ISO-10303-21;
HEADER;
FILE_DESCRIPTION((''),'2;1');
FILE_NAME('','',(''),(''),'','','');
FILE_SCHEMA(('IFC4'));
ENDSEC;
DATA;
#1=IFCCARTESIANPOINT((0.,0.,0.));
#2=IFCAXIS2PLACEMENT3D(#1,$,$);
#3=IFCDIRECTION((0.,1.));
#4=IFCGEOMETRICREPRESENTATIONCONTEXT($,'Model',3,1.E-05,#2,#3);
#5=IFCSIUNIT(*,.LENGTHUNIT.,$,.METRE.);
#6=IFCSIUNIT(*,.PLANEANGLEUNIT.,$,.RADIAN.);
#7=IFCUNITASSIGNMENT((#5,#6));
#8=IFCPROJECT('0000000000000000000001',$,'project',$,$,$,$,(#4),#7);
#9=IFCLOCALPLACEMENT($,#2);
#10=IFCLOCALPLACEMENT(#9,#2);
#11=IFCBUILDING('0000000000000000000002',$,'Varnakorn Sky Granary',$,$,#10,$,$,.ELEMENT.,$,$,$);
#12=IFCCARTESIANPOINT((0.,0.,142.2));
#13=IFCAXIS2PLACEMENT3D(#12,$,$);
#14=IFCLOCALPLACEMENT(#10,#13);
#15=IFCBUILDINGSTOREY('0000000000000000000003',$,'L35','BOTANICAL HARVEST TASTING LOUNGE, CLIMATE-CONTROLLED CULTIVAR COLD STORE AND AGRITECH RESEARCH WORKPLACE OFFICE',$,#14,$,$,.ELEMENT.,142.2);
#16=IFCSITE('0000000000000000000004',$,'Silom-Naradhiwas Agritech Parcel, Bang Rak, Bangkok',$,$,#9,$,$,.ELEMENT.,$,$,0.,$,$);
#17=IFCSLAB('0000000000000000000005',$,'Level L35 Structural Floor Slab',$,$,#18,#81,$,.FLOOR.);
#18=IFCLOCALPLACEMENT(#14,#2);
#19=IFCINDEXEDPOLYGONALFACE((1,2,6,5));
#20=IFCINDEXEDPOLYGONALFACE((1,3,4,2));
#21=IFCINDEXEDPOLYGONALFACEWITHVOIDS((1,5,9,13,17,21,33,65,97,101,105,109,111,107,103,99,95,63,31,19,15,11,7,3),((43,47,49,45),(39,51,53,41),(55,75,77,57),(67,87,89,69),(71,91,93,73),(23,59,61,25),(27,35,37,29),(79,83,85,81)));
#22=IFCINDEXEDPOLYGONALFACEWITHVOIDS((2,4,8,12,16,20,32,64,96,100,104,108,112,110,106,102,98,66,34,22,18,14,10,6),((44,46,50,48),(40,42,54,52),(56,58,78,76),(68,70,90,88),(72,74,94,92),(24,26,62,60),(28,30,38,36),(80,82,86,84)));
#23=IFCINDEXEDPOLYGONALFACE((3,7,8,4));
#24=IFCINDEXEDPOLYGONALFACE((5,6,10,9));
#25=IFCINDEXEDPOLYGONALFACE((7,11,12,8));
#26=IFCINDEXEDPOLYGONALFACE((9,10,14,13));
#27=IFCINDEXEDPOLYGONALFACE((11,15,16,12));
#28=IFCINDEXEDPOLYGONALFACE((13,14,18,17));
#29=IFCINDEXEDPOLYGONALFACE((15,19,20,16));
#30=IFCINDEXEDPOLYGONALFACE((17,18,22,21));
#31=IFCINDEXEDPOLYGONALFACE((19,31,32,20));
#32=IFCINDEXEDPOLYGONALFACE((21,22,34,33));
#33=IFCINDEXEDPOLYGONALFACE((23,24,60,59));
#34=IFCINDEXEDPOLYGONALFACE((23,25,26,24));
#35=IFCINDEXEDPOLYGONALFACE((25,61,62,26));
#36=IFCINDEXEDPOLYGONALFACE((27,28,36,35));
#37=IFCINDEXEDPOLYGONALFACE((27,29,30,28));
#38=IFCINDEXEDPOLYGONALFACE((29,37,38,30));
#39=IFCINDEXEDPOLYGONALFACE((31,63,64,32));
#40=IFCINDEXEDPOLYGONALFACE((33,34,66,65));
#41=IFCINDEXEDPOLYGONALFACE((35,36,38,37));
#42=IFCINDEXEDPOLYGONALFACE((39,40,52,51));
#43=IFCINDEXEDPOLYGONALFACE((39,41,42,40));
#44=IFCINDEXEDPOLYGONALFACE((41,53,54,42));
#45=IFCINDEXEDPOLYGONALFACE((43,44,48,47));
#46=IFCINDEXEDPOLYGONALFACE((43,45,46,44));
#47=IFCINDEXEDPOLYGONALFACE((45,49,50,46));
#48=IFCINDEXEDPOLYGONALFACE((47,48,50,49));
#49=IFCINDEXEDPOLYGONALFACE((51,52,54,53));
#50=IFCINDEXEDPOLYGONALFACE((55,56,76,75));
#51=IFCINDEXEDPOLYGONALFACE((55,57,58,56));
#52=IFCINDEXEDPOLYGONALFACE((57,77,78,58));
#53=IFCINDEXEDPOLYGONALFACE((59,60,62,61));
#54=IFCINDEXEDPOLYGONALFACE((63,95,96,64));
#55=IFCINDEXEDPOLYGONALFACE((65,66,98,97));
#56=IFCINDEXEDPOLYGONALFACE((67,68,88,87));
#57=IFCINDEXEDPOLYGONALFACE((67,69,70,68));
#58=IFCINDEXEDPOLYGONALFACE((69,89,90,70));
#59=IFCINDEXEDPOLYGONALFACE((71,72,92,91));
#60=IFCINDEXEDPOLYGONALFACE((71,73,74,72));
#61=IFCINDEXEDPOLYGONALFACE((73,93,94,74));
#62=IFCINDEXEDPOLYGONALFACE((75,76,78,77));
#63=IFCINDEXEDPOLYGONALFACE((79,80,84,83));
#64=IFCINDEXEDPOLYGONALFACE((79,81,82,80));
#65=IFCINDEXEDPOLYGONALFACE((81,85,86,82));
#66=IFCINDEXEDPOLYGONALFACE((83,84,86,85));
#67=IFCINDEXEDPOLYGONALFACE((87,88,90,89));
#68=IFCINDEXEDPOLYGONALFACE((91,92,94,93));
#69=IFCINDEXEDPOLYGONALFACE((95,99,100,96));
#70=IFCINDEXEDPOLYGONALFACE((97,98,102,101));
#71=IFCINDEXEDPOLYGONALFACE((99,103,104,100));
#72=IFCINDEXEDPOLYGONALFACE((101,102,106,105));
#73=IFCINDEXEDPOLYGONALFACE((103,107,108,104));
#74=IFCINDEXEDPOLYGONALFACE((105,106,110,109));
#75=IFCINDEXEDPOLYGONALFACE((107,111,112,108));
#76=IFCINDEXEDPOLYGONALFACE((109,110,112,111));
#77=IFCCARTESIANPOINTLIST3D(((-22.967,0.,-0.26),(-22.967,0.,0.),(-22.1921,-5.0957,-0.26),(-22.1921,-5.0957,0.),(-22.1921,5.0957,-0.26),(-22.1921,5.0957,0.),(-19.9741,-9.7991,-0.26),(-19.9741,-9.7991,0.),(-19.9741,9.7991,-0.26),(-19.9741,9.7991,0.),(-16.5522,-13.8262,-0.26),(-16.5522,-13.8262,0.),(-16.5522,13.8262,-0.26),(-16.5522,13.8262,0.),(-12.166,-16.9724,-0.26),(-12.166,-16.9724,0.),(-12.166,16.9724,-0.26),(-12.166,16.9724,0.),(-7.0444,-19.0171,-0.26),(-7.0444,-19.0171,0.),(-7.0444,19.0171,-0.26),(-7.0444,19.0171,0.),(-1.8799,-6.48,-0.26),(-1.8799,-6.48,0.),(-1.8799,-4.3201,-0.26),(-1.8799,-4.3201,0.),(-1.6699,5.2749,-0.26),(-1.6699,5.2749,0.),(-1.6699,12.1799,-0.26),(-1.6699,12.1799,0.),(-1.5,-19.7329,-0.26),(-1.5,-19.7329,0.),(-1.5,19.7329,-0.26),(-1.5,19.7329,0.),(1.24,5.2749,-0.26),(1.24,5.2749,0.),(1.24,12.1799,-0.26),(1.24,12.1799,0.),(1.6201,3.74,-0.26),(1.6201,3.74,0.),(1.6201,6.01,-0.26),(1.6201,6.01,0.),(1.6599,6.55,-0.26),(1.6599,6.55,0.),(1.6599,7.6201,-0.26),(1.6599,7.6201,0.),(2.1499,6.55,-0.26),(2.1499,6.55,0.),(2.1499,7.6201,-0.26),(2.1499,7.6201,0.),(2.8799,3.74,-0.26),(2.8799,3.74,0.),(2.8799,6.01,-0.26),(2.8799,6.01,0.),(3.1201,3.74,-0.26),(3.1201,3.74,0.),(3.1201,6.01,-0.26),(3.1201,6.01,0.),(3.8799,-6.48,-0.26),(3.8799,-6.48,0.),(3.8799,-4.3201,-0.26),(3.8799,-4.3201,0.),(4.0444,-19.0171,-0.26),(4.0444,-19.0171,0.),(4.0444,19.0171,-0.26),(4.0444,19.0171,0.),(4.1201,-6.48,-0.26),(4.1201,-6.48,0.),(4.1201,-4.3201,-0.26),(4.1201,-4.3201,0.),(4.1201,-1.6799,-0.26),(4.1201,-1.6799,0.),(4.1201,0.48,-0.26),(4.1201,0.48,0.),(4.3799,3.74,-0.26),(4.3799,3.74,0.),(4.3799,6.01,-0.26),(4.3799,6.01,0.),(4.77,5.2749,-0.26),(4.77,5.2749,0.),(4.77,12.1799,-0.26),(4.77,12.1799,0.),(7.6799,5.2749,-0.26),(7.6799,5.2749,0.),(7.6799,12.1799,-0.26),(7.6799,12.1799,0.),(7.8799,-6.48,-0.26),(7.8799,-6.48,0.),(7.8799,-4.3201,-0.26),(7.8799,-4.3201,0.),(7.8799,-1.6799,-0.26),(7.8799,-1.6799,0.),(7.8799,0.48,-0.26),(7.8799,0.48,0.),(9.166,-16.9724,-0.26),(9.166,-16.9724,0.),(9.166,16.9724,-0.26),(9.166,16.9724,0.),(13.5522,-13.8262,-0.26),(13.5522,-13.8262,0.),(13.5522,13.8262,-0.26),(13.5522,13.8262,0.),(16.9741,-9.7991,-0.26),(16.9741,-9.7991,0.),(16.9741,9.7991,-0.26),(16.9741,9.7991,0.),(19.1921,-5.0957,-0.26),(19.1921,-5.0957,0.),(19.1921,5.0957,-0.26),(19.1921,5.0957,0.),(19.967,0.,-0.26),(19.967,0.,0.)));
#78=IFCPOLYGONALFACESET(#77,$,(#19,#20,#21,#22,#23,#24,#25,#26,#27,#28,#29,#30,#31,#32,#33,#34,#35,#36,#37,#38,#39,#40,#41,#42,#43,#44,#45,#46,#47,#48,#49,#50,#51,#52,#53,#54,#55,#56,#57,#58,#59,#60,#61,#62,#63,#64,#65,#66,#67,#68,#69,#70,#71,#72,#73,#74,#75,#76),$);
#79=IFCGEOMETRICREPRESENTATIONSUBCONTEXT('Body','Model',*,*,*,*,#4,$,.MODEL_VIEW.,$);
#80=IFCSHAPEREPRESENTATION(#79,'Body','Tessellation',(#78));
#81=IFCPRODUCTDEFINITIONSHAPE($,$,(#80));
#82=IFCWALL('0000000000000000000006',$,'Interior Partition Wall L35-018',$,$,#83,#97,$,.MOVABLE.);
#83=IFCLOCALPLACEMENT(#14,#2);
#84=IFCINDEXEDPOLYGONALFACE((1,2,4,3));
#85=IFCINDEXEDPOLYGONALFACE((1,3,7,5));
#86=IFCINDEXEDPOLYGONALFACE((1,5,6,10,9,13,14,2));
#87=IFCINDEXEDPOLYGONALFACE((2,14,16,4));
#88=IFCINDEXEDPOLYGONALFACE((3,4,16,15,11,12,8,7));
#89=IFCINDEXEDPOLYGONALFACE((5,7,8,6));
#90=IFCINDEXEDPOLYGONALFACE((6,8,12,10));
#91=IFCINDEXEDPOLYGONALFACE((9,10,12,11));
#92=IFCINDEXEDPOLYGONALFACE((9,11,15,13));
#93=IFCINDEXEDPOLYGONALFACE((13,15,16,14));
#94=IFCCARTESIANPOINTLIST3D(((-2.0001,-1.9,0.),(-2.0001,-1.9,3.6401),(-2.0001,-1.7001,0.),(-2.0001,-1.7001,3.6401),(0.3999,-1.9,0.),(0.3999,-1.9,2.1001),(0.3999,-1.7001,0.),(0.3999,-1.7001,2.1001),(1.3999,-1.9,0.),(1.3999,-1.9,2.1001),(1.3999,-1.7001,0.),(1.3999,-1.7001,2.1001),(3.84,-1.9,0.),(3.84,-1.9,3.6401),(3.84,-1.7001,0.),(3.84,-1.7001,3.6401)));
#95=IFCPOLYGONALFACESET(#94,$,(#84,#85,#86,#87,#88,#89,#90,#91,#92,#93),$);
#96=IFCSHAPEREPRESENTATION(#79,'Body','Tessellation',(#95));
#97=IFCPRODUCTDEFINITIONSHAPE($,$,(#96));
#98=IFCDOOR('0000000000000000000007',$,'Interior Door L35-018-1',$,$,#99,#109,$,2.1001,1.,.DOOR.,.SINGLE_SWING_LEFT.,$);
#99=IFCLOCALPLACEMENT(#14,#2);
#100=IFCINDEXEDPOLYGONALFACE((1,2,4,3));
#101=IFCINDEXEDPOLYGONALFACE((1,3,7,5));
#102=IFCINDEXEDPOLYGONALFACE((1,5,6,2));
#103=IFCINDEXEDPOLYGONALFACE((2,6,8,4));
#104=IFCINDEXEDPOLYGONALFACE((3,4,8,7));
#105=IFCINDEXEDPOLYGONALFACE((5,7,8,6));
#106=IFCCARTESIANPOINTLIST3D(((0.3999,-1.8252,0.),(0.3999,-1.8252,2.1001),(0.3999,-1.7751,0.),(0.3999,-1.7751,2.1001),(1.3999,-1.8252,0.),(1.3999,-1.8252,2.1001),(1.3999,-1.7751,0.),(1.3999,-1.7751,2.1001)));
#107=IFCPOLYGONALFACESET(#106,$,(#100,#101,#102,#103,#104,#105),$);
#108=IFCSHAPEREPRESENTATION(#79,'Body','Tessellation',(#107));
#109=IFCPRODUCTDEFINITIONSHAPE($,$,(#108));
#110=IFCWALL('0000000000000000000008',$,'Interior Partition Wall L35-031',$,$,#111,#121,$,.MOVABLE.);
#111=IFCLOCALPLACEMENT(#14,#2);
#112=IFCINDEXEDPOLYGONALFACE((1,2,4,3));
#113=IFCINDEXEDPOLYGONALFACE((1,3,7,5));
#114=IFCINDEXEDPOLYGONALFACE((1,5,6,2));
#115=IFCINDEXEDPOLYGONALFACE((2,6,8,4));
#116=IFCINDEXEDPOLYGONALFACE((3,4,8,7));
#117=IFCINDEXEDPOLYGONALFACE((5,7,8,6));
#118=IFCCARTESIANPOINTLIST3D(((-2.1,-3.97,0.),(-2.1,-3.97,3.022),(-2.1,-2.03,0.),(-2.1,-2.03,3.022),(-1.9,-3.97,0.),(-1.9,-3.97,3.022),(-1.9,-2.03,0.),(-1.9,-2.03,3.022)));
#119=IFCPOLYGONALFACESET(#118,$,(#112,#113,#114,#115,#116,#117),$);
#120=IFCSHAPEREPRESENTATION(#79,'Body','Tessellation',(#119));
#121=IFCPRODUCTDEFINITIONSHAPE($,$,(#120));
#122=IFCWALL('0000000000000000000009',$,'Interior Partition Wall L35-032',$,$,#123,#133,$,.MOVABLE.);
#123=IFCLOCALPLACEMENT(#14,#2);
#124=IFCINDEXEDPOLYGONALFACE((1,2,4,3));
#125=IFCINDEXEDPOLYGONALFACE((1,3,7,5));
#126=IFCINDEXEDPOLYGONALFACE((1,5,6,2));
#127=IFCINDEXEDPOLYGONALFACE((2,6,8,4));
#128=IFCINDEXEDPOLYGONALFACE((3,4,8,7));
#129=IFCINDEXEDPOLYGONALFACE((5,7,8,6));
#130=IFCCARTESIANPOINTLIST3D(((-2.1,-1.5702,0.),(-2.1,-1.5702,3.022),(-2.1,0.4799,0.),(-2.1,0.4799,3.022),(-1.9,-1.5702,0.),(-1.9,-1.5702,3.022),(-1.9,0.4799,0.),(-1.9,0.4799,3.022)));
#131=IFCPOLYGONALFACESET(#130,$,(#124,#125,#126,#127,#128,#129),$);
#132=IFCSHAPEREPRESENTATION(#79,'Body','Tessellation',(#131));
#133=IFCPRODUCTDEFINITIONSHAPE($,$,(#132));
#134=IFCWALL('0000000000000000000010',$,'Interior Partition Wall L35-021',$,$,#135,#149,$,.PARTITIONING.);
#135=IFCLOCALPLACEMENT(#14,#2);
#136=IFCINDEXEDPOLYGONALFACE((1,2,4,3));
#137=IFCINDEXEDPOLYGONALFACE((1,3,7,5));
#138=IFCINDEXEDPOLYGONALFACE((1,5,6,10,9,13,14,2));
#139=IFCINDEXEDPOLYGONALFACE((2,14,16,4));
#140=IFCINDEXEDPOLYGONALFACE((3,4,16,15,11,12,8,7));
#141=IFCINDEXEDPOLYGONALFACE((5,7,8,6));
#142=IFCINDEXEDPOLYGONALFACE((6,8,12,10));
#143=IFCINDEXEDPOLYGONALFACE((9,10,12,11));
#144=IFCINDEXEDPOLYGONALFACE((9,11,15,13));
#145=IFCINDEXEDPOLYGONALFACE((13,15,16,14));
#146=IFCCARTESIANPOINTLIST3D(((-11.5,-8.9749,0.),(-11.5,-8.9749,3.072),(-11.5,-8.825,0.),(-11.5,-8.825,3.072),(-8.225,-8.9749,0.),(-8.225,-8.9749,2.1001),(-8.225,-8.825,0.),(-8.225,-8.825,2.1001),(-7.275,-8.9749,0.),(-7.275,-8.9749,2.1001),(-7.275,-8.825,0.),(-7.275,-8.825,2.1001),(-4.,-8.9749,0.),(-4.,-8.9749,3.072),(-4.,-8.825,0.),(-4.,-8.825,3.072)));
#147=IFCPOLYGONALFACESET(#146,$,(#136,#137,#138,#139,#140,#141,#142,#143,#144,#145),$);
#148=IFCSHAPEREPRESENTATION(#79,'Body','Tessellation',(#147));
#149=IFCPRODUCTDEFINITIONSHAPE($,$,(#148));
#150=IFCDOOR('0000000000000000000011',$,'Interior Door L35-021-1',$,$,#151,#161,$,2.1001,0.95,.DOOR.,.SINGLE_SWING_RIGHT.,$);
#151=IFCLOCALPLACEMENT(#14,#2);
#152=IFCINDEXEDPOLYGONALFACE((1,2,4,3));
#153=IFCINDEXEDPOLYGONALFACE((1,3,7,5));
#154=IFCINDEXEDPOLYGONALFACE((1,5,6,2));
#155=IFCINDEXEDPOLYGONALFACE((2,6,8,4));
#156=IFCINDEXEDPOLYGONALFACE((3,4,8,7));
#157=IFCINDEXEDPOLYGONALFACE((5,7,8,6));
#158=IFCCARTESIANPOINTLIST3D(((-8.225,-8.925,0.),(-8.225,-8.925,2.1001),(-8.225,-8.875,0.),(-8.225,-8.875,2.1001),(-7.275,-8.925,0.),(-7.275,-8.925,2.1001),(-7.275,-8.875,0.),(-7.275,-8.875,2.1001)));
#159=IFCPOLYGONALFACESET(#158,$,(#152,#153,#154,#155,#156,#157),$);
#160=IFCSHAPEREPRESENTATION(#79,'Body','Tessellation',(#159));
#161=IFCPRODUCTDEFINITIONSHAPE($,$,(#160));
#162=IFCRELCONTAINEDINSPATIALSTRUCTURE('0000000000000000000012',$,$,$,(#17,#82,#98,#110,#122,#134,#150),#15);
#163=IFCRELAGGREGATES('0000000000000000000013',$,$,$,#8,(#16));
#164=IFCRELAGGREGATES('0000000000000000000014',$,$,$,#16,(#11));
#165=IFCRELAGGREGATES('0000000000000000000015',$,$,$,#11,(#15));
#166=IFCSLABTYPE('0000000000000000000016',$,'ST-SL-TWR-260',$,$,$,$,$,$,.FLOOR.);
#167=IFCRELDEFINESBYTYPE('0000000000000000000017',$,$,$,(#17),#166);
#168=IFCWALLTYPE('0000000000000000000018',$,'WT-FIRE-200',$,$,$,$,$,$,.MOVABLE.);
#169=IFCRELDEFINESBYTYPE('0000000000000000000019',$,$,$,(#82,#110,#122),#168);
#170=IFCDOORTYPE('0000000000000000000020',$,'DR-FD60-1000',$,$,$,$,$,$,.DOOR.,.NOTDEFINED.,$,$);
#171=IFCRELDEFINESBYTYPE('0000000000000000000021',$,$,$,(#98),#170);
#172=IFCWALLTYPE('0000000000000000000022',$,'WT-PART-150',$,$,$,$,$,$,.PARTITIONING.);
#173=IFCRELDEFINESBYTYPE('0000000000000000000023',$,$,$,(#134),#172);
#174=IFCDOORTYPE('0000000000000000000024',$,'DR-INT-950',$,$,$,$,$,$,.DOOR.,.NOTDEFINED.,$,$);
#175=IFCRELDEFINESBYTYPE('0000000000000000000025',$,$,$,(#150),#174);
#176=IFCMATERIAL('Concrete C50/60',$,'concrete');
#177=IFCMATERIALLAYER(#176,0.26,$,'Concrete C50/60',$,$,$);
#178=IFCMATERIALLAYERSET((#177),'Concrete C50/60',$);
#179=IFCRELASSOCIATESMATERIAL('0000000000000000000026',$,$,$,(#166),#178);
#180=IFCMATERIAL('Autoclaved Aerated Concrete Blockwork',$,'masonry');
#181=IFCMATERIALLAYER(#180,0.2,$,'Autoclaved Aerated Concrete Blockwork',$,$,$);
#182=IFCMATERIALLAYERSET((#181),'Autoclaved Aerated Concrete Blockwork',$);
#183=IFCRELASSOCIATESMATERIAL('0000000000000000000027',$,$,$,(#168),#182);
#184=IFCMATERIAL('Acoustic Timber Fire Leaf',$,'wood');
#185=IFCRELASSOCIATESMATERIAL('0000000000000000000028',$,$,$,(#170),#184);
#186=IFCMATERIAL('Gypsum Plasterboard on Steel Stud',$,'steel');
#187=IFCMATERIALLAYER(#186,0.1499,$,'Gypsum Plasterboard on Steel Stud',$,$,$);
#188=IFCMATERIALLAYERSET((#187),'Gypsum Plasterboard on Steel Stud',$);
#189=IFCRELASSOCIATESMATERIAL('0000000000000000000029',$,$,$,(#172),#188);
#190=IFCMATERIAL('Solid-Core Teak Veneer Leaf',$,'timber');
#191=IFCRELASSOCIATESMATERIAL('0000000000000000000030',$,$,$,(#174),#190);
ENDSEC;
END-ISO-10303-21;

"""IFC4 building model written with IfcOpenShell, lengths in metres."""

from ifc_helpers import new_model, si_unit, direction, frame, frame_2d, origin, place, context, subcontext, project, spatial, polyline, rectangle, outline, extrude, material, layer, layer_set, type_object, element, fill, save


model = new_model("IFC4")

# Units and contexts
model_context = context("Model", 3, precision=1e-05, world=origin(), true_north=direction((0.0, 1.0)))
body_context = subcontext(model_context, "Body", "Model", "MODEL_VIEW")
ifc_project = project(units=[si_unit("LENGTHUNIT", "METRE"), si_unit("PLANEANGLEUNIT", "RADIAN")], contexts=[model_context])

# Site, building, storey
site_placement = place(None, origin())
site = spatial("IfcSite", under=ifc_project, at=site_placement, Name="Silom-Naradhiwas Agritech Parcel, Bang Rak, Bangkok", CompositionType="ELEMENT", RefElevation=0.0)
building_placement = place(site_placement, origin())
building = spatial("IfcBuilding", under=site, at=building_placement, Name="Varnakorn Sky Granary", CompositionType="ELEMENT")
storey_placement = place(building_placement, frame((0.0, 0.0, 142.2)))
storey = spatial("IfcBuildingStorey", under=building, at=storey_placement, Name="L35", Description="BOTANICAL HARVEST TASTING LOUNGE, CLIMATE-CONTROLLED CULTIVAR COLD STORE AND AGRITECH RESEARCH WORKPLACE OFFICE", CompositionType="ELEMENT", Elevation=142.2)

# Shared definitions
ifc_material_1 = material(Name="Concrete C50/60", Category="concrete")

# Slab
ifc_layer_1 = layer(ifc_material_1, 0.26, Name="Concrete C50/60")
ifc_layer_set_1 = layer_set([ifc_layer_1], Name="Concrete C50/60")
slab_type_1 = type_object("IfcSlabType", Name="ST-SL-TWR-260", PredefinedType="FLOOR", material=ifc_layer_set_1)
slab_1_placement = place(storey_placement, frame((0.0, 0.0, -0.26)))
element("IfcSlab", 1, at=slab_1_placement, inside=storey, type_object=slab_type_1, Name="Level L35 Structural Floor Slab", PredefinedType="FLOOR", context=body_context, shape_type="SweptSolid", body=[
    extrude(outline(polyline([(19.967, 0.0), (19.1921, 5.0957), (16.9741, 9.7991), (13.5522, 13.8262), (9.166, 16.9724), (4.0444, 19.0171), (-1.5, 19.7329), (-7.0444, 19.0171), (-12.166, 16.9724), (-16.5522, 13.8262), (-19.9741, 9.7991), (-22.1921, 5.0957), (-22.967, 0.0), (-22.1921, -5.0957), (-19.9741, -9.7991), (-16.5522, -13.8262), (-12.166, -16.9724), (-7.0444, -19.0171), (-1.5, -19.7329), (4.0444, -19.0171), (9.166, -16.9724), (13.5522, -13.8262), (16.9741, -9.7991), (19.1921, -5.0957), (19.967, 0.0)]), holes=[polyline([(1.24, 5.2749), (1.24, 12.1799), (-1.6699, 12.1799), (-1.6699, 5.2749), (1.24, 5.2749)]), polyline([(7.6799, 5.2749), (7.6799, 12.1799), (4.77, 12.1799), (4.77, 5.2749), (7.6799, 5.2749)]), polyline([(1.6599, 6.55), (2.1499, 6.55), (2.1499, 7.6201), (1.6599, 7.6201), (1.6599, 6.55)]), polyline([(1.6201, 3.74), (2.8799, 3.74), (2.8799, 6.01), (1.6201, 6.01), (1.6201, 3.74)]), polyline([(3.1201, 3.74), (4.3799, 3.74), (4.3799, 6.01), (3.1201, 6.01), (3.1201, 3.74)]), polyline([(4.1201, -1.6799), (7.8799, -1.6799), (7.8799, 0.48), (4.1201, 0.48), (4.1201, -1.6799)]), polyline([(-1.8799, -6.48), (3.8799, -6.48), (3.8799, -4.3201), (-1.8799, -4.3201), (-1.8799, -6.48)]), polyline([(4.1201, -6.48), (7.8799, -6.48), (7.8799, -4.3201), (4.1201, -4.3201), (4.1201, -6.48)])]), origin(), (0.0, 0.0, 1.0), 0.26),
])

# Wall, opening, door
ifc_material_2 = material(Name="Autoclaved Aerated Concrete Blockwork", Category="masonry")
ifc_layer_2 = layer(ifc_material_2, 0.2, Name="Autoclaved Aerated Concrete Blockwork")
ifc_layer_set_2 = layer_set([ifc_layer_2], Name="Autoclaved Aerated Concrete Blockwork")
wall_type_1 = type_object("IfcWallType", Name="WT-FIRE-200", PredefinedType="MOVABLE", material=ifc_layer_set_2)
wall_1_placement = place(storey_placement, frame((-2.0, -1.8, 0.0), z_axis=(0.0, 0.0, 1.0), x_axis=(1.0, 0.0, 0.0)))
wall_1 = element("IfcWall", 2, at=wall_1_placement, inside=storey, type_object=wall_type_1, Name="Interior Partition Wall L35-018", PredefinedType="MOVABLE", context=body_context, shape_type="SweptSolid", body=[
    extrude(rectangle(XDim=5.8401, YDim=0.2, at=frame_2d((2.9199, 0.0))), origin(), (0.0, 0.0, 1.0), 3.6401),
])
opening_1_placement = place(wall_1_placement, frame((2.3999, 0.0, 0.0)))
opening_1 = element("IfcOpeningElement", 3, at=opening_1_placement, cuts=wall_1, PredefinedType="OPENING", context=body_context, shape_type="SweptSolid", body=[
    extrude(rectangle(XDim=1.0, YDim=2.1001, at=frame_2d((0.5, 1.05))), frame((0.0, 0.1099, 0.0), z_axis=(0.0, -1.0, 0.0), x_axis=(1.0, 0.0, 0.0)), (0.0, 0.0, 1.0), 0.22),
])
ifc_material_3 = material(Name="Acoustic Timber Fire Leaf", Category="wood")
door_type_1 = type_object("IfcDoorType", Name="DR-FD60-1000", OperationType="NOTDEFINED", PredefinedType="DOOR", material=ifc_material_3)
door_1_placement = place(opening_1_placement, origin())
door_1 = element("IfcDoor", 4, at=door_1_placement, inside=storey, type_object=door_type_1, Name="Interior Door L35-018-1", OperationType="SINGLE_SWING_LEFT", OverallHeight=2.1001, OverallWidth=1.0, PredefinedType="DOOR", context=body_context, shape_type="SweptSolid", body=[
    extrude(rectangle(XDim=1.0, YDim=2.1001, at=frame_2d((0.5, 1.05))), frame((0.0, 0.0249, 0.0), z_axis=(0.0, -1.0, 0.0), x_axis=(1.0, 0.0, 0.0)), (0.0, 0.0, 1.0), 0.05),
])
fill(opening_1, door_1)

# Walls
wall_2_placement = place(storey_placement, frame((-2.0, -3.97, 0.0), z_axis=(0.0, 0.0, 1.0), x_axis=(0.0, 1.0, 0.0)))
element("IfcWall", 5, at=wall_2_placement, inside=storey, type_object=wall_type_1, Name="Interior Partition Wall L35-031", PredefinedType="MOVABLE", context=body_context, shape_type="SweptSolid", body=[
    extrude(rectangle(XDim=1.9399, YDim=0.2, at=frame_2d((0.97, 0.0))), origin(), (0.0, 0.0, 1.0), 3.022),
])
wall_3_placement = place(storey_placement, frame((-2.0, -1.5701, 0.0), z_axis=(0.0, 0.0, 1.0), x_axis=(0.0, 1.0, 0.0)))
element("IfcWall", 6, at=wall_3_placement, inside=storey, type_object=wall_type_1, Name="Interior Partition Wall L35-032", PredefinedType="MOVABLE", context=body_context, shape_type="SweptSolid", body=[
    extrude(rectangle(XDim=2.05, YDim=0.2, at=frame_2d((1.0249, 0.0))), origin(), (0.0, 0.0, 1.0), 3.022),
])

# Wall, opening, door
ifc_material_4 = material(Name="Gypsum Plasterboard on Steel Stud", Category="steel")
ifc_layer_3 = layer(ifc_material_4, 0.1499, Name="Gypsum Plasterboard on Steel Stud")
ifc_layer_set_3 = layer_set([ifc_layer_3], Name="Gypsum Plasterboard on Steel Stud")
wall_type_2 = type_object("IfcWallType", Name="WT-PART-150", PredefinedType="PARTITIONING", material=ifc_layer_set_3)
wall_4_placement = place(storey_placement, frame((-11.5, -8.8999, 0.0), z_axis=(0.0, 0.0, 1.0), x_axis=(1.0, 0.0, 0.0)))
wall_4 = element("IfcWall", 7, at=wall_4_placement, inside=storey, type_object=wall_type_2, Name="Interior Partition Wall L35-021", PredefinedType="PARTITIONING", context=body_context, shape_type="SweptSolid", body=[
    extrude(rectangle(XDim=7.5, YDim=0.1499, at=frame_2d((3.75, 0.0))), origin(), (0.0, 0.0, 1.0), 3.072),
])
opening_2_placement = place(wall_4_placement, frame((3.2749, 0.0, 0.0)))
opening_2 = element("IfcOpeningElement", 8, at=opening_2_placement, cuts=wall_4, PredefinedType="OPENING", context=body_context, shape_type="SweptSolid", body=[
    extrude(rectangle(XDim=0.95, YDim=2.1001, at=frame_2d((0.4751, 1.05))), frame((0.0, 0.085, 0.0), z_axis=(0.0, -1.0, 0.0), x_axis=(1.0, 0.0, 0.0)), (0.0, 0.0, 1.0), 0.1699),
])
ifc_material_5 = material(Name="Solid-Core Teak Veneer Leaf", Category="timber")
door_type_2 = type_object("IfcDoorType", Name="DR-INT-950", OperationType="NOTDEFINED", PredefinedType="DOOR", material=ifc_material_5)
door_2_placement = place(opening_2_placement, origin())
door_2 = element("IfcDoor", 9, at=door_2_placement, inside=storey, type_object=door_type_2, Name="Interior Door L35-021-1", OperationType="SINGLE_SWING_RIGHT", OverallHeight=2.1001, OverallWidth=0.95, PredefinedType="DOOR", context=body_context, shape_type="SweptSolid", body=[
    extrude(rectangle(XDim=0.95, YDim=2.1001, at=frame_2d((0.4751, 1.05))), frame((0.0, 0.0249, 0.0), z_axis=(0.0, -1.0, 0.0), x_axis=(1.0, 0.0, 0.0)), (0.0, 0.0, 1.0), 0.05),
])
fill(opening_2, door_2)

save(model, "model.ifc")
